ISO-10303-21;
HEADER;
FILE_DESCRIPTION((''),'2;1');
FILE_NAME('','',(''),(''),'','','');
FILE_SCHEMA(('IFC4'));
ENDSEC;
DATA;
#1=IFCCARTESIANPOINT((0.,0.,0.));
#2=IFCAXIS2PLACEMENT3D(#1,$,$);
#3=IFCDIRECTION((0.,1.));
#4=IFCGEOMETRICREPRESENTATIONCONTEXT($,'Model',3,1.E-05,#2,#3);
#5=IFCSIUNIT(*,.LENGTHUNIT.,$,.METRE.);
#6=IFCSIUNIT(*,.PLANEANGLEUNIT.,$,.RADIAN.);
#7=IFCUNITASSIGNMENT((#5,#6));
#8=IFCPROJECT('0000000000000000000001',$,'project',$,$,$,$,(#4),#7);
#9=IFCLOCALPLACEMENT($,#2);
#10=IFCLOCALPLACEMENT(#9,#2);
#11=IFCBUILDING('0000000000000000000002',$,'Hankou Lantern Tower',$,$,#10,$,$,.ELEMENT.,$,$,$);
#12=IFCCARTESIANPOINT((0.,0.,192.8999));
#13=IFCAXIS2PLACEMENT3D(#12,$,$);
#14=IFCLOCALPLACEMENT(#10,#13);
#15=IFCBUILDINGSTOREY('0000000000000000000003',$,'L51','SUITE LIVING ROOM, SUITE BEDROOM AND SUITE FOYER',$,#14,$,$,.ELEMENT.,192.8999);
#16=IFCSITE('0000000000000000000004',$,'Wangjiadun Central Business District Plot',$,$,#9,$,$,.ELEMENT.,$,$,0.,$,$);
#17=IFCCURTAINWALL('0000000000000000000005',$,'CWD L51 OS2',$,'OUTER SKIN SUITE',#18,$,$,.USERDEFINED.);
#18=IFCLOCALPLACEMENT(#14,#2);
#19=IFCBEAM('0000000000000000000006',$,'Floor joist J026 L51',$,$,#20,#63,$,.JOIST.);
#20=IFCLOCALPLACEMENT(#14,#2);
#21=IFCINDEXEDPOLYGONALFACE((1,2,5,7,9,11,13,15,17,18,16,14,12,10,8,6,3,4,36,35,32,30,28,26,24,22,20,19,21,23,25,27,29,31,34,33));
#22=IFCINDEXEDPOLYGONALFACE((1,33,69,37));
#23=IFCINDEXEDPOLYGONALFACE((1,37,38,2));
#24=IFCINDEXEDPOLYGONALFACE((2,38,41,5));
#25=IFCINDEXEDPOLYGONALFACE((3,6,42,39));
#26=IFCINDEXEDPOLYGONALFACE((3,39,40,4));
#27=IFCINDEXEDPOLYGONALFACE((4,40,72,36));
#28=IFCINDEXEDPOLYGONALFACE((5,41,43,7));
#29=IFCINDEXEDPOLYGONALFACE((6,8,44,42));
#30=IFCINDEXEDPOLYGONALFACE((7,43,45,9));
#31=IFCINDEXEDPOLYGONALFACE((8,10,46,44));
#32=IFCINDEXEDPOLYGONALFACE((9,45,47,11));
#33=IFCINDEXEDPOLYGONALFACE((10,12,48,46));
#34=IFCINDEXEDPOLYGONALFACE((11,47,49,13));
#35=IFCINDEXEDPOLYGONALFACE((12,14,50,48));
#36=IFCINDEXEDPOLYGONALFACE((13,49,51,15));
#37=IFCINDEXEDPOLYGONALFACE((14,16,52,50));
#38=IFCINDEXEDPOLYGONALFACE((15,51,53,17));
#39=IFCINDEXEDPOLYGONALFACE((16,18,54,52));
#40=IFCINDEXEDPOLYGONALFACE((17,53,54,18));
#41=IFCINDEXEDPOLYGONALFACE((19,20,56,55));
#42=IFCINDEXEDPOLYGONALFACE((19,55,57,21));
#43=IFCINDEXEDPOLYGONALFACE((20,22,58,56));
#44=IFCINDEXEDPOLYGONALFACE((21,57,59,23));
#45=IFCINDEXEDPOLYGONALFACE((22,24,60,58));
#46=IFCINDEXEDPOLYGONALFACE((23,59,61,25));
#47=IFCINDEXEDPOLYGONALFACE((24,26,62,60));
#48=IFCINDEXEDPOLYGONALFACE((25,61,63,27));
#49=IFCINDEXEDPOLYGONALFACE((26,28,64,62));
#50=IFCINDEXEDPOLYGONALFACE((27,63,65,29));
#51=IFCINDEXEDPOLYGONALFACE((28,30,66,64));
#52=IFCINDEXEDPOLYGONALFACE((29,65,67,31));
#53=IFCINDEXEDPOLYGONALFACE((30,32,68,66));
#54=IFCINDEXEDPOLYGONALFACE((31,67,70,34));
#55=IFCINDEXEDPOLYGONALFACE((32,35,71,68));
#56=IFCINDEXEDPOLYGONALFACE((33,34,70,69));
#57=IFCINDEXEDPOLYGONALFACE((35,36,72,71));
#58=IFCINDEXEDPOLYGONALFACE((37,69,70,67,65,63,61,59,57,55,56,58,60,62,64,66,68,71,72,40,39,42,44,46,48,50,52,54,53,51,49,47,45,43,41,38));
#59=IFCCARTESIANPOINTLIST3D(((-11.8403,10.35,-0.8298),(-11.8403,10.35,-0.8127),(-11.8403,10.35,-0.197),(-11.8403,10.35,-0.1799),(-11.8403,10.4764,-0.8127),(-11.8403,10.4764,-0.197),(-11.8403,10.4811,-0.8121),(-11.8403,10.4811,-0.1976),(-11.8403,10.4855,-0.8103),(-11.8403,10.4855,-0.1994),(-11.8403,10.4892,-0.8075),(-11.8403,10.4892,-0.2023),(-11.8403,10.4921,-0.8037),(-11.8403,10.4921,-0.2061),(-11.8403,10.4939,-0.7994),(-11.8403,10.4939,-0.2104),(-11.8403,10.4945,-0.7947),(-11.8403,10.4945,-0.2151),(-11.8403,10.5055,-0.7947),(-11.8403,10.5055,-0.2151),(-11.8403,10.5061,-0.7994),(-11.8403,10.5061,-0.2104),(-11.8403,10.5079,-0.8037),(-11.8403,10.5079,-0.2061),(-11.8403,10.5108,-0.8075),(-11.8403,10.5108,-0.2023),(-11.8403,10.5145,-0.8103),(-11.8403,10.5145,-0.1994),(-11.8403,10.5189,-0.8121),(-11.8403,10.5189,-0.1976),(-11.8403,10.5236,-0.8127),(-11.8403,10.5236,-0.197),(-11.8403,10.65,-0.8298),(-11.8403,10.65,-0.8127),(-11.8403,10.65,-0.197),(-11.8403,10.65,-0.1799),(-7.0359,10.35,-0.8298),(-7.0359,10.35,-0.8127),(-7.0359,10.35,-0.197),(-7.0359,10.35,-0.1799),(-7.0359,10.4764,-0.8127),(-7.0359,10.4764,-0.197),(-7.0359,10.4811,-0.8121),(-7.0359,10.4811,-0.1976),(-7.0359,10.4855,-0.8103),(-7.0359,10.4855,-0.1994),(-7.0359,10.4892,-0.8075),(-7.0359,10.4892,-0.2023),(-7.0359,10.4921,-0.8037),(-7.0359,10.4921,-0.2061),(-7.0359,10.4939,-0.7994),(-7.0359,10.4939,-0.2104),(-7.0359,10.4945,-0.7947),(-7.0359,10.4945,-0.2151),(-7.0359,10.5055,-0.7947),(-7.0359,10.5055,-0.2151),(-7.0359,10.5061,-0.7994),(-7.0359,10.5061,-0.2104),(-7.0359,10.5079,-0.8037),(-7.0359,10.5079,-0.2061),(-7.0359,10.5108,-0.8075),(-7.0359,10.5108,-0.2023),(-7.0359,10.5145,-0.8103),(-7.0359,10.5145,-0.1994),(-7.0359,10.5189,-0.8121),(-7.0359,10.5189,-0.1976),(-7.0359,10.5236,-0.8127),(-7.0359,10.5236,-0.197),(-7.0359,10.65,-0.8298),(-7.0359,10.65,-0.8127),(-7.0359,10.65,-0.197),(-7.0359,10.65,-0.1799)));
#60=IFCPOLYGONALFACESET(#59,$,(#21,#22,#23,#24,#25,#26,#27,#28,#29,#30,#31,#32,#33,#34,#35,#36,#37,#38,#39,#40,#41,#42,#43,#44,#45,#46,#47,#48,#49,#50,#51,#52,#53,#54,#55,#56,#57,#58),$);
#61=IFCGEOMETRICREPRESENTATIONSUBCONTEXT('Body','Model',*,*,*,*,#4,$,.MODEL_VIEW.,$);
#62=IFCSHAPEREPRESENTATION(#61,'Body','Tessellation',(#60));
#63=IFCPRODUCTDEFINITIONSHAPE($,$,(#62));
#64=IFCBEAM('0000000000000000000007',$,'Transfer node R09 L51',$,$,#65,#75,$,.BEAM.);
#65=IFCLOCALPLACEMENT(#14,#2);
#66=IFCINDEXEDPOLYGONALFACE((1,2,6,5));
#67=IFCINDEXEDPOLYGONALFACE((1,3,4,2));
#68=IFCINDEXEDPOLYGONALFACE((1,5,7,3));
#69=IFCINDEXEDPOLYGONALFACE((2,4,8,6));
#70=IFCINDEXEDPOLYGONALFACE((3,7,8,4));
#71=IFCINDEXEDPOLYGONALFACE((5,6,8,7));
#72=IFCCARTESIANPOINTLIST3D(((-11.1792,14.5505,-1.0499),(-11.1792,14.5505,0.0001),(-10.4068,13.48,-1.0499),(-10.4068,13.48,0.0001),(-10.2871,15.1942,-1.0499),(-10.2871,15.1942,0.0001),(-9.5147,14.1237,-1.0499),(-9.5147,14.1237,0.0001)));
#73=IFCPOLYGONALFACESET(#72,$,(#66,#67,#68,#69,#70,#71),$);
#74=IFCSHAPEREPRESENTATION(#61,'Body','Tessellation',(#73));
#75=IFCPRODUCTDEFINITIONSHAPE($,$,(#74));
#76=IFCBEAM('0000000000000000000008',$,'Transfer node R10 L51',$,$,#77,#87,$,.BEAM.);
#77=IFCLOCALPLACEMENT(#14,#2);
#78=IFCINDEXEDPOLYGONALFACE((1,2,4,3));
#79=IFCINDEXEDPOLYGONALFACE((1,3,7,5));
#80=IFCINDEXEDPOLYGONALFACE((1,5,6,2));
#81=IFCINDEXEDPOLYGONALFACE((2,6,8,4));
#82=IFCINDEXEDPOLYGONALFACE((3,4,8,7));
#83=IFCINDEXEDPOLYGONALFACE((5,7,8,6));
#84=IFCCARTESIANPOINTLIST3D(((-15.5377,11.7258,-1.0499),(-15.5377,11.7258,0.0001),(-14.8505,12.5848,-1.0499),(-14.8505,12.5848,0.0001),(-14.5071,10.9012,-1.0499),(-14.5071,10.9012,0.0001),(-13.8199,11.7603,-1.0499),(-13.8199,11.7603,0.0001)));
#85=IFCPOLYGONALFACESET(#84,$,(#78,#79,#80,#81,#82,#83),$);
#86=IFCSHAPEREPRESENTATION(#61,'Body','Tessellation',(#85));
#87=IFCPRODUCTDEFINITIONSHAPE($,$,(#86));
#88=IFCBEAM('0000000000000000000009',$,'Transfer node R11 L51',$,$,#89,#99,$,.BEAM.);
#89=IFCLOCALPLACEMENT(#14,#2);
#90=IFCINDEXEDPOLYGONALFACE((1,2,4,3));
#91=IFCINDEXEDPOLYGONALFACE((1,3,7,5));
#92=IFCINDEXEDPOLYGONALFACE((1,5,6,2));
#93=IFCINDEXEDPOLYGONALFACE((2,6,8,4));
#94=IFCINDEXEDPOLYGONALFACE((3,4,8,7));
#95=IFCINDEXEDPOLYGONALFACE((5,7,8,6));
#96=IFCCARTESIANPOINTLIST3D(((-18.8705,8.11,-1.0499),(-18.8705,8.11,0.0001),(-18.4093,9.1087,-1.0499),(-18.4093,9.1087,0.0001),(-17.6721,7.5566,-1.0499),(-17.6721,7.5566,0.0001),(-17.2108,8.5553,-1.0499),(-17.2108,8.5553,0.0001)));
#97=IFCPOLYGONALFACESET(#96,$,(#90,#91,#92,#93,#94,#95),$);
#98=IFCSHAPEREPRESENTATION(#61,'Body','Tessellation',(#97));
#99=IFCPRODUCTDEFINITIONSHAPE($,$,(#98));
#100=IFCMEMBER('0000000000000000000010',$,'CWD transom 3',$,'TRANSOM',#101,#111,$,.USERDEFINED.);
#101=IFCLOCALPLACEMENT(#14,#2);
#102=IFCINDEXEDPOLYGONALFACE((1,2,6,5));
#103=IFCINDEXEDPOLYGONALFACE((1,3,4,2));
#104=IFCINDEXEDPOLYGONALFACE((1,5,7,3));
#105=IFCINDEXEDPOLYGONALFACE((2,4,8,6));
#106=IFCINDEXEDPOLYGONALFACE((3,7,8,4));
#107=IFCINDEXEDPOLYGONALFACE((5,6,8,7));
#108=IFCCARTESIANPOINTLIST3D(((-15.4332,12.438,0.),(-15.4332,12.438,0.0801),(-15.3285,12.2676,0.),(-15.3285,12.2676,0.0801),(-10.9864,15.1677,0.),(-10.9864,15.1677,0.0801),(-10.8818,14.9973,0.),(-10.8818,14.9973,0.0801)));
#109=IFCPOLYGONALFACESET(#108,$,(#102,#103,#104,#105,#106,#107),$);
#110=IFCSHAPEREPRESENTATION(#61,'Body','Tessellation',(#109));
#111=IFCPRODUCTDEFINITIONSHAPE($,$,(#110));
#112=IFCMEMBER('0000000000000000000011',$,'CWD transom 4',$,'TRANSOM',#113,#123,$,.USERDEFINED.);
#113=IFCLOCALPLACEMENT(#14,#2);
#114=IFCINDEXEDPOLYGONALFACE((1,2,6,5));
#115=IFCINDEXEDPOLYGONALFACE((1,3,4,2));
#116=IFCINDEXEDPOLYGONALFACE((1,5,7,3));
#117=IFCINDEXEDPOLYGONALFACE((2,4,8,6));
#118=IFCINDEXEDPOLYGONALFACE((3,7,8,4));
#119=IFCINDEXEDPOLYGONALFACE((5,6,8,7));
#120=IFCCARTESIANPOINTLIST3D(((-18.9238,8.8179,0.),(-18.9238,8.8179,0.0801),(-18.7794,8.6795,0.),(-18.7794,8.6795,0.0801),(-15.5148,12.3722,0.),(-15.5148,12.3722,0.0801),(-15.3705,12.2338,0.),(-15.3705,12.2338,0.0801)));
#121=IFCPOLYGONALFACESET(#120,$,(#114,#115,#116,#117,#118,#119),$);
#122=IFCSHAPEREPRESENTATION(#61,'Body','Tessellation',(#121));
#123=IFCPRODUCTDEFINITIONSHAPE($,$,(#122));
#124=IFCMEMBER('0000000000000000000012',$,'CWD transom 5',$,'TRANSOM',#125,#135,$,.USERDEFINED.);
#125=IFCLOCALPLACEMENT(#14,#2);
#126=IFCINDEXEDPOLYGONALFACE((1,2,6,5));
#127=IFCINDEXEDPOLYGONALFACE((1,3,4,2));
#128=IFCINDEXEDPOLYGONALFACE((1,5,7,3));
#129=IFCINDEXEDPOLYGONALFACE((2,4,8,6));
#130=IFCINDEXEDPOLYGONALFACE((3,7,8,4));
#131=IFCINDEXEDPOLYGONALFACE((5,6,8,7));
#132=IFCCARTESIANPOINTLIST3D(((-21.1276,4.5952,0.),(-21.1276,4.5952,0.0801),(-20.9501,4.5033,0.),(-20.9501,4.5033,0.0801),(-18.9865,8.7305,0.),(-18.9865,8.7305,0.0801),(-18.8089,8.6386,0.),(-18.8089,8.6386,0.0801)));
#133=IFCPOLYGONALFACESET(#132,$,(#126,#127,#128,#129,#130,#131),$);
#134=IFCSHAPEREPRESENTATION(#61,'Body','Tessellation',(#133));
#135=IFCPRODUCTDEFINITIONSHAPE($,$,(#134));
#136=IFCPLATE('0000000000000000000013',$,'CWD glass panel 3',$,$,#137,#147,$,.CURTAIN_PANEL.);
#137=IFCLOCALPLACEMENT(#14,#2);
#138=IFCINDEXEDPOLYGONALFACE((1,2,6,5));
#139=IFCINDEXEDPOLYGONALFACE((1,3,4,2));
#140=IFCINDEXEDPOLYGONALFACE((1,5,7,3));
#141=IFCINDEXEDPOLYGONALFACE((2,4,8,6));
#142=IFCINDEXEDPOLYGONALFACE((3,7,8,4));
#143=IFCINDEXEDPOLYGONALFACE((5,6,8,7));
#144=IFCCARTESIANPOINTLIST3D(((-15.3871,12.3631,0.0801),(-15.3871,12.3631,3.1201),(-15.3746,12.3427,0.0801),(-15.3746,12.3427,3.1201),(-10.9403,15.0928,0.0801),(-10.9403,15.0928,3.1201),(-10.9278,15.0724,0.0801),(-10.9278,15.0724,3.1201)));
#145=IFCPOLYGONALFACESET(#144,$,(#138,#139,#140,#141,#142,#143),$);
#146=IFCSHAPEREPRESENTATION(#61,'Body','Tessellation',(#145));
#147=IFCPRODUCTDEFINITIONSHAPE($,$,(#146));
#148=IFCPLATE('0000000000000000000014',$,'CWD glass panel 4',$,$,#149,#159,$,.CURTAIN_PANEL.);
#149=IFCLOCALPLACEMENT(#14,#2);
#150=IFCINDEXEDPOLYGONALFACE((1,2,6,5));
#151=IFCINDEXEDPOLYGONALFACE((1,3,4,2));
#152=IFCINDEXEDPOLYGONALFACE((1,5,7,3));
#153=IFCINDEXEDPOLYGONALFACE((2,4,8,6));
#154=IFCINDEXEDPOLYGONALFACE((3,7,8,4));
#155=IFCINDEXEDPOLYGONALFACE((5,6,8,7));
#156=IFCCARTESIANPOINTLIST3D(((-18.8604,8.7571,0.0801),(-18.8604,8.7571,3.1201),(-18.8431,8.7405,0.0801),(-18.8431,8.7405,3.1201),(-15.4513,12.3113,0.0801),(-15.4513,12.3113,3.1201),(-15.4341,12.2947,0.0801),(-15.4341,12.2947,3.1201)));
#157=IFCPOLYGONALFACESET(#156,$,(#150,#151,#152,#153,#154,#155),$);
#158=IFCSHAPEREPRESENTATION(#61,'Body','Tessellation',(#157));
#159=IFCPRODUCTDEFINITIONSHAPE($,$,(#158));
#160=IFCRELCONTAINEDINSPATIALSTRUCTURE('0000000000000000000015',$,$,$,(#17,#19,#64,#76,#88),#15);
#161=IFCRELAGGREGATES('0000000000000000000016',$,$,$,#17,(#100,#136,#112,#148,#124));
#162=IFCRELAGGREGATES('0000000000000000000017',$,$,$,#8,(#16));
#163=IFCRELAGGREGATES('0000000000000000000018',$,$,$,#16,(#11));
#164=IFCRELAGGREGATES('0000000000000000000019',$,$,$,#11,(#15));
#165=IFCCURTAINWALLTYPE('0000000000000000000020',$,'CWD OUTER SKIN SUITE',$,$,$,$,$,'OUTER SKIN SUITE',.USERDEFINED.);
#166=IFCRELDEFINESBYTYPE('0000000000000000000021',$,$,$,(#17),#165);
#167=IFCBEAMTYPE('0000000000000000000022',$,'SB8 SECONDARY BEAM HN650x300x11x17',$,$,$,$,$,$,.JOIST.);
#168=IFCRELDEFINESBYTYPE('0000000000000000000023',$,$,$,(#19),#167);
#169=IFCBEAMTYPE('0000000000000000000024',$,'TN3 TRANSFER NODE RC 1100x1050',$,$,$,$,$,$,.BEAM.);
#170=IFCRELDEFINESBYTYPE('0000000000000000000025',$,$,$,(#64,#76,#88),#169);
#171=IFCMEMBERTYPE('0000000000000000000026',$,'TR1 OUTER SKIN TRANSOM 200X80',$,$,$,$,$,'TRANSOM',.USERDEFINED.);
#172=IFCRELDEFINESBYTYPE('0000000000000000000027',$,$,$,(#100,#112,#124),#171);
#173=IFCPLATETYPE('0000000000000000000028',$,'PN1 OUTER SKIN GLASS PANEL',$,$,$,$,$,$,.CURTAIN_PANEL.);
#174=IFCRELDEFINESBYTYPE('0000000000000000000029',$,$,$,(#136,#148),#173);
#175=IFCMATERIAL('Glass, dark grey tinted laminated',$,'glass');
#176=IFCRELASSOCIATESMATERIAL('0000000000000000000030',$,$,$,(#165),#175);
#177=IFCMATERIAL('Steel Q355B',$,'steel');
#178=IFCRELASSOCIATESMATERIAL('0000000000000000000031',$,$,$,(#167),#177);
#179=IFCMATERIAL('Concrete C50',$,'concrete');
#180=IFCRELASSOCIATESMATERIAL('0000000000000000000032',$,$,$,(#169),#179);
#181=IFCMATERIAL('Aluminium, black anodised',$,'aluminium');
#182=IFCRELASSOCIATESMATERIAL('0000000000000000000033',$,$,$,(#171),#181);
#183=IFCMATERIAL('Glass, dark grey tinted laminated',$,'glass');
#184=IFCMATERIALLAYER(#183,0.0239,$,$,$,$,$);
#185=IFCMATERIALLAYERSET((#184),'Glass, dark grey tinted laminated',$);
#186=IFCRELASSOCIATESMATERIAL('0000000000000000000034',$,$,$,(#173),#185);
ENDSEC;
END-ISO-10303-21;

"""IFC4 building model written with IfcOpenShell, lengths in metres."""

from ifc_helpers import new_model, si_unit, direction, frame, origin, origin_2d, place, context, subcontext, project, spatial, rectangle, i_section, extrude, material, layer, layer_set, material_profile, profile_set, type_object, element, aggregate, save


model = new_model("IFC4")

# Units and contexts
model_context = context("Model", 3, precision=1e-05, world=origin(), true_north=direction((0.0, 1.0)))
body_context = subcontext(model_context, "Body", "Model", "MODEL_VIEW")
ifc_project = project(units=[si_unit("LENGTHUNIT", "METRE"), si_unit("PLANEANGLEUNIT", "RADIAN")], contexts=[model_context])

# Site, building, storey
site_placement = place(None, origin())
site = spatial("IfcSite", under=ifc_project, at=site_placement, Name="Wangjiadun Central Business District Plot", CompositionType="ELEMENT", RefElevation=0.0)
building_placement = place(site_placement, origin())
building = spatial("IfcBuilding", under=site, at=building_placement, Name="Hankou Lantern Tower", CompositionType="ELEMENT")
storey_placement = place(building_placement, frame((0.0, 0.0, 192.8999)))
storey = spatial("IfcBuildingStorey", under=building, at=storey_placement, Name="L51", Description="SUITE LIVING ROOM, SUITE BEDROOM AND SUITE FOYER", CompositionType="ELEMENT", Elevation=192.8999)

# Curtain wall
ifc_material_1 = material(Name="Glass, dark grey tinted laminated", Category="glass")
curtain_wall_type = type_object("IfcCurtainWallType", Name="CWD OUTER SKIN SUITE", ElementType="OUTER SKIN SUITE", PredefinedType="USERDEFINED", material=ifc_material_1)
curtain_wall_placement = place(storey_placement, origin())
curtain_wall = element("IfcCurtainWall", 1, at=curtain_wall_placement, inside=storey, type_object=curtain_wall_type, Name="CWD L51 OS2", ObjectType="OUTER SKIN SUITE", PredefinedType="USERDEFINED")

# Beams
ifc_material_2 = material(Name="Steel Q355B", Category="steel")
ifc_material_profile_1 = material_profile(ifc_material_2, i_section(OverallWidth=0.3, OverallDepth=0.6499, WebThickness=0.011, FlangeThickness=0.0171, FilletRadius=0.0181, at=origin_2d()), Name="HN650x300x11x17")
ifc_profile_set_1 = profile_set([ifc_material_profile_1], Name="Steel Q355B")
beam_type_1 = type_object("IfcBeamType", Name="SB8 SECONDARY BEAM HN650x300x11x17", PredefinedType="JOIST", material=ifc_profile_set_1)
beam_1_placement = place(storey_placement, frame((-11.8403, 10.5, -0.5049), z_axis=(1.0, 0.0, 0.0), x_axis=(0.0, 1.0, 0.0)))
element("IfcBeam", 2, at=beam_1_placement, inside=storey, type_object=beam_type_1, Name="Floor joist J026 L51", PredefinedType="JOIST", context=body_context, shape_type="SweptSolid", body=[
    extrude(i_section(OverallWidth=0.3, OverallDepth=0.6499, WebThickness=0.011, FlangeThickness=0.0171, FilletRadius=0.0181, at=origin_2d()), origin(), (0.0, 0.0, 1.0), 4.8044),
])
ifc_material_3 = material(Name="Concrete C50", Category="concrete")
ifc_material_profile_2 = material_profile(ifc_material_3, rectangle(XDim=1.1001, YDim=1.05, at=origin_2d()), Name="RC 1100x1050")
ifc_profile_set_2 = profile_set([ifc_material_profile_2], Name="Concrete C50")
beam_type_2 = type_object("IfcBeamType", Name="TN3 TRANSFER NODE RC 1100x1050", PredefinedType="BEAM", material=ifc_profile_set_2)
beam_2_placement = place(storey_placement, frame((-10.7332, 14.8723, -0.5249), z_axis=(0.585133, -0.810938, 0.0), x_axis=(0.810938, 0.585133, 0.0)))
element("IfcBeam", 3, at=beam_2_placement, inside=storey, type_object=beam_type_2, Name="Transfer node R09 L51", PredefinedType="BEAM", context=body_context, shape_type="SweptSolid", body=[
    extrude(rectangle(XDim=1.1001, YDim=1.05, at=origin_2d()), origin(), (0.0, 0.0, 1.0), 1.3201),
])
beam_3_placement = place(storey_placement, frame((-15.1941, 12.1553, -0.5249), z_axis=(0.780851, -0.624718, 0.0), x_axis=(0.624718, 0.780851, 0.0)))
element("IfcBeam", 4, at=beam_3_placement, inside=storey, type_object=beam_type_2, Name="Transfer node R10 L51", PredefinedType="BEAM", context=body_context, shape_type="SweptSolid", body=[
    extrude(rectangle(XDim=1.1001, YDim=1.05, at=origin_2d()), origin(), (0.0, 0.0, 1.0), 1.3198),
])
beam_4_placement = place(storey_placement, frame((-18.6399, 8.6094, -0.5249), z_axis=(0.907867, -0.419258, 0.0), x_axis=(0.419258, 0.907867, 0.0)))
element("IfcBeam", 5, at=beam_4_placement, inside=storey, type_object=beam_type_2, Name="Transfer node R11 L51", PredefinedType="BEAM", context=body_context, shape_type="SweptSolid", body=[
    extrude(rectangle(XDim=1.1001, YDim=1.05, at=origin_2d()), origin(), (0.0, 0.0, 1.0), 1.3201),
])

# Members
ifc_material_4 = material(Name="Aluminium, black anodised", Category="aluminium")
ifc_material_profile_3 = material_profile(ifc_material_4, rectangle(XDim=0.2, YDim=0.0801, at=origin_2d()), Name="TR1 200X80")
ifc_profile_set_3 = profile_set([ifc_material_profile_3], Name="Aluminium, black anodised")
member_type_1 = type_object("IfcMemberType", Name="TR1 OUTER SKIN TRANSOM 200X80", ElementType="TRANSOM", PredefinedType="USERDEFINED", material=ifc_profile_set_3)
member_1_placement = place(storey_placement, frame((-10.9341, 15.0825, 0.04), z_axis=(-0.852235, -0.52316, 0.0), x_axis=(0.52316, -0.852235, 0.0)))
member_1 = element("IfcMember", 6, at=member_1_placement, type_object=member_type_1, Name="CWD transom 3", ObjectType="TRANSOM", PredefinedType="USERDEFINED", context=body_context, shape_type="SweptSolid", body=[
    extrude(rectangle(XDim=0.2, YDim=0.0801, at=origin_2d()), origin(), (0.0, 0.0, 1.0), 5.2178),
])
member_2_placement = place(storey_placement, frame((-15.4426, 12.303, 0.04), z_axis=(-0.692205, -0.721701, 0.0), x_axis=(0.721701, -0.692205, 0.0)))
member_2 = element("IfcMember", 7, at=member_2_placement, type_object=member_type_1, Name="CWD transom 4", ObjectType="TRANSOM", PredefinedType="USERDEFINED", context=body_context, shape_type="SweptSolid", body=[
    extrude(rectangle(XDim=0.2, YDim=0.0801, at=origin_2d()), origin(), (0.0, 0.0, 1.0), 4.9248),
])
member_3_placement = place(storey_placement, frame((-18.8977, 8.6846, 0.04), z_axis=(-0.459794, -0.888026, 0.0), x_axis=(0.888026, -0.459794, 0.0)))
member_3 = element("IfcMember", 8, at=member_3_placement, type_object=member_type_1, Name="CWD transom 5", ObjectType="TRANSOM", PredefinedType="USERDEFINED", context=body_context, shape_type="SweptSolid", body=[
    extrude(rectangle(XDim=0.2, YDim=0.0801, at=origin_2d()), origin(), (0.0, 0.0, 1.0), 4.6567),
])

# Plates
ifc_material_5 = material(Name="Glass, dark grey tinted laminated", Category="glass")
ifc_layer_1 = layer(ifc_material_5, 0.0239)
ifc_layer_set_1 = layer_set([ifc_layer_1], Name="Glass, dark grey tinted laminated")
plate_type = type_object("IfcPlateType", Name="PN1 OUTER SKIN GLASS PANEL", PredefinedType="CURTAIN_PANEL", material=ifc_layer_set_1)
plate_1_placement = place(storey_placement, frame((-13.1575, 13.7178, 0.0801), z_axis=(0.0, 0.0, 1.0), x_axis=(-0.852237, -0.523156, 0.0)))
plate_1 = element("IfcPlate", 9, at=plate_1_placement, type_object=plate_type, Name="CWD glass panel 3", PredefinedType="CURTAIN_PANEL", context=body_context, shape_type="SweptSolid", body=[
    extrude(rectangle(XDim=5.2178, YDim=0.0239, at=origin_2d()), origin(), (0.0, 0.0, 1.0), 3.04),
])
plate_2_placement = place(storey_placement, frame((-17.1472, 10.5259, 0.0801), z_axis=(0.0, 0.0, 1.0), x_axis=(-0.692216, -0.721691, 0.0)))
plate_2 = element("IfcPlate", 10, at=plate_2_placement, type_object=plate_type, Name="CWD glass panel 4", PredefinedType="CURTAIN_PANEL", context=body_context, shape_type="SweptSolid", body=[
    extrude(rectangle(XDim=4.9248, YDim=0.0239, at=origin_2d()), origin(), (0.0, 0.0, 1.0), 3.04),
])
aggregate(curtain_wall, [member_1, plate_1, member_2, plate_2, member_3])

save(model, "model.ifc")
